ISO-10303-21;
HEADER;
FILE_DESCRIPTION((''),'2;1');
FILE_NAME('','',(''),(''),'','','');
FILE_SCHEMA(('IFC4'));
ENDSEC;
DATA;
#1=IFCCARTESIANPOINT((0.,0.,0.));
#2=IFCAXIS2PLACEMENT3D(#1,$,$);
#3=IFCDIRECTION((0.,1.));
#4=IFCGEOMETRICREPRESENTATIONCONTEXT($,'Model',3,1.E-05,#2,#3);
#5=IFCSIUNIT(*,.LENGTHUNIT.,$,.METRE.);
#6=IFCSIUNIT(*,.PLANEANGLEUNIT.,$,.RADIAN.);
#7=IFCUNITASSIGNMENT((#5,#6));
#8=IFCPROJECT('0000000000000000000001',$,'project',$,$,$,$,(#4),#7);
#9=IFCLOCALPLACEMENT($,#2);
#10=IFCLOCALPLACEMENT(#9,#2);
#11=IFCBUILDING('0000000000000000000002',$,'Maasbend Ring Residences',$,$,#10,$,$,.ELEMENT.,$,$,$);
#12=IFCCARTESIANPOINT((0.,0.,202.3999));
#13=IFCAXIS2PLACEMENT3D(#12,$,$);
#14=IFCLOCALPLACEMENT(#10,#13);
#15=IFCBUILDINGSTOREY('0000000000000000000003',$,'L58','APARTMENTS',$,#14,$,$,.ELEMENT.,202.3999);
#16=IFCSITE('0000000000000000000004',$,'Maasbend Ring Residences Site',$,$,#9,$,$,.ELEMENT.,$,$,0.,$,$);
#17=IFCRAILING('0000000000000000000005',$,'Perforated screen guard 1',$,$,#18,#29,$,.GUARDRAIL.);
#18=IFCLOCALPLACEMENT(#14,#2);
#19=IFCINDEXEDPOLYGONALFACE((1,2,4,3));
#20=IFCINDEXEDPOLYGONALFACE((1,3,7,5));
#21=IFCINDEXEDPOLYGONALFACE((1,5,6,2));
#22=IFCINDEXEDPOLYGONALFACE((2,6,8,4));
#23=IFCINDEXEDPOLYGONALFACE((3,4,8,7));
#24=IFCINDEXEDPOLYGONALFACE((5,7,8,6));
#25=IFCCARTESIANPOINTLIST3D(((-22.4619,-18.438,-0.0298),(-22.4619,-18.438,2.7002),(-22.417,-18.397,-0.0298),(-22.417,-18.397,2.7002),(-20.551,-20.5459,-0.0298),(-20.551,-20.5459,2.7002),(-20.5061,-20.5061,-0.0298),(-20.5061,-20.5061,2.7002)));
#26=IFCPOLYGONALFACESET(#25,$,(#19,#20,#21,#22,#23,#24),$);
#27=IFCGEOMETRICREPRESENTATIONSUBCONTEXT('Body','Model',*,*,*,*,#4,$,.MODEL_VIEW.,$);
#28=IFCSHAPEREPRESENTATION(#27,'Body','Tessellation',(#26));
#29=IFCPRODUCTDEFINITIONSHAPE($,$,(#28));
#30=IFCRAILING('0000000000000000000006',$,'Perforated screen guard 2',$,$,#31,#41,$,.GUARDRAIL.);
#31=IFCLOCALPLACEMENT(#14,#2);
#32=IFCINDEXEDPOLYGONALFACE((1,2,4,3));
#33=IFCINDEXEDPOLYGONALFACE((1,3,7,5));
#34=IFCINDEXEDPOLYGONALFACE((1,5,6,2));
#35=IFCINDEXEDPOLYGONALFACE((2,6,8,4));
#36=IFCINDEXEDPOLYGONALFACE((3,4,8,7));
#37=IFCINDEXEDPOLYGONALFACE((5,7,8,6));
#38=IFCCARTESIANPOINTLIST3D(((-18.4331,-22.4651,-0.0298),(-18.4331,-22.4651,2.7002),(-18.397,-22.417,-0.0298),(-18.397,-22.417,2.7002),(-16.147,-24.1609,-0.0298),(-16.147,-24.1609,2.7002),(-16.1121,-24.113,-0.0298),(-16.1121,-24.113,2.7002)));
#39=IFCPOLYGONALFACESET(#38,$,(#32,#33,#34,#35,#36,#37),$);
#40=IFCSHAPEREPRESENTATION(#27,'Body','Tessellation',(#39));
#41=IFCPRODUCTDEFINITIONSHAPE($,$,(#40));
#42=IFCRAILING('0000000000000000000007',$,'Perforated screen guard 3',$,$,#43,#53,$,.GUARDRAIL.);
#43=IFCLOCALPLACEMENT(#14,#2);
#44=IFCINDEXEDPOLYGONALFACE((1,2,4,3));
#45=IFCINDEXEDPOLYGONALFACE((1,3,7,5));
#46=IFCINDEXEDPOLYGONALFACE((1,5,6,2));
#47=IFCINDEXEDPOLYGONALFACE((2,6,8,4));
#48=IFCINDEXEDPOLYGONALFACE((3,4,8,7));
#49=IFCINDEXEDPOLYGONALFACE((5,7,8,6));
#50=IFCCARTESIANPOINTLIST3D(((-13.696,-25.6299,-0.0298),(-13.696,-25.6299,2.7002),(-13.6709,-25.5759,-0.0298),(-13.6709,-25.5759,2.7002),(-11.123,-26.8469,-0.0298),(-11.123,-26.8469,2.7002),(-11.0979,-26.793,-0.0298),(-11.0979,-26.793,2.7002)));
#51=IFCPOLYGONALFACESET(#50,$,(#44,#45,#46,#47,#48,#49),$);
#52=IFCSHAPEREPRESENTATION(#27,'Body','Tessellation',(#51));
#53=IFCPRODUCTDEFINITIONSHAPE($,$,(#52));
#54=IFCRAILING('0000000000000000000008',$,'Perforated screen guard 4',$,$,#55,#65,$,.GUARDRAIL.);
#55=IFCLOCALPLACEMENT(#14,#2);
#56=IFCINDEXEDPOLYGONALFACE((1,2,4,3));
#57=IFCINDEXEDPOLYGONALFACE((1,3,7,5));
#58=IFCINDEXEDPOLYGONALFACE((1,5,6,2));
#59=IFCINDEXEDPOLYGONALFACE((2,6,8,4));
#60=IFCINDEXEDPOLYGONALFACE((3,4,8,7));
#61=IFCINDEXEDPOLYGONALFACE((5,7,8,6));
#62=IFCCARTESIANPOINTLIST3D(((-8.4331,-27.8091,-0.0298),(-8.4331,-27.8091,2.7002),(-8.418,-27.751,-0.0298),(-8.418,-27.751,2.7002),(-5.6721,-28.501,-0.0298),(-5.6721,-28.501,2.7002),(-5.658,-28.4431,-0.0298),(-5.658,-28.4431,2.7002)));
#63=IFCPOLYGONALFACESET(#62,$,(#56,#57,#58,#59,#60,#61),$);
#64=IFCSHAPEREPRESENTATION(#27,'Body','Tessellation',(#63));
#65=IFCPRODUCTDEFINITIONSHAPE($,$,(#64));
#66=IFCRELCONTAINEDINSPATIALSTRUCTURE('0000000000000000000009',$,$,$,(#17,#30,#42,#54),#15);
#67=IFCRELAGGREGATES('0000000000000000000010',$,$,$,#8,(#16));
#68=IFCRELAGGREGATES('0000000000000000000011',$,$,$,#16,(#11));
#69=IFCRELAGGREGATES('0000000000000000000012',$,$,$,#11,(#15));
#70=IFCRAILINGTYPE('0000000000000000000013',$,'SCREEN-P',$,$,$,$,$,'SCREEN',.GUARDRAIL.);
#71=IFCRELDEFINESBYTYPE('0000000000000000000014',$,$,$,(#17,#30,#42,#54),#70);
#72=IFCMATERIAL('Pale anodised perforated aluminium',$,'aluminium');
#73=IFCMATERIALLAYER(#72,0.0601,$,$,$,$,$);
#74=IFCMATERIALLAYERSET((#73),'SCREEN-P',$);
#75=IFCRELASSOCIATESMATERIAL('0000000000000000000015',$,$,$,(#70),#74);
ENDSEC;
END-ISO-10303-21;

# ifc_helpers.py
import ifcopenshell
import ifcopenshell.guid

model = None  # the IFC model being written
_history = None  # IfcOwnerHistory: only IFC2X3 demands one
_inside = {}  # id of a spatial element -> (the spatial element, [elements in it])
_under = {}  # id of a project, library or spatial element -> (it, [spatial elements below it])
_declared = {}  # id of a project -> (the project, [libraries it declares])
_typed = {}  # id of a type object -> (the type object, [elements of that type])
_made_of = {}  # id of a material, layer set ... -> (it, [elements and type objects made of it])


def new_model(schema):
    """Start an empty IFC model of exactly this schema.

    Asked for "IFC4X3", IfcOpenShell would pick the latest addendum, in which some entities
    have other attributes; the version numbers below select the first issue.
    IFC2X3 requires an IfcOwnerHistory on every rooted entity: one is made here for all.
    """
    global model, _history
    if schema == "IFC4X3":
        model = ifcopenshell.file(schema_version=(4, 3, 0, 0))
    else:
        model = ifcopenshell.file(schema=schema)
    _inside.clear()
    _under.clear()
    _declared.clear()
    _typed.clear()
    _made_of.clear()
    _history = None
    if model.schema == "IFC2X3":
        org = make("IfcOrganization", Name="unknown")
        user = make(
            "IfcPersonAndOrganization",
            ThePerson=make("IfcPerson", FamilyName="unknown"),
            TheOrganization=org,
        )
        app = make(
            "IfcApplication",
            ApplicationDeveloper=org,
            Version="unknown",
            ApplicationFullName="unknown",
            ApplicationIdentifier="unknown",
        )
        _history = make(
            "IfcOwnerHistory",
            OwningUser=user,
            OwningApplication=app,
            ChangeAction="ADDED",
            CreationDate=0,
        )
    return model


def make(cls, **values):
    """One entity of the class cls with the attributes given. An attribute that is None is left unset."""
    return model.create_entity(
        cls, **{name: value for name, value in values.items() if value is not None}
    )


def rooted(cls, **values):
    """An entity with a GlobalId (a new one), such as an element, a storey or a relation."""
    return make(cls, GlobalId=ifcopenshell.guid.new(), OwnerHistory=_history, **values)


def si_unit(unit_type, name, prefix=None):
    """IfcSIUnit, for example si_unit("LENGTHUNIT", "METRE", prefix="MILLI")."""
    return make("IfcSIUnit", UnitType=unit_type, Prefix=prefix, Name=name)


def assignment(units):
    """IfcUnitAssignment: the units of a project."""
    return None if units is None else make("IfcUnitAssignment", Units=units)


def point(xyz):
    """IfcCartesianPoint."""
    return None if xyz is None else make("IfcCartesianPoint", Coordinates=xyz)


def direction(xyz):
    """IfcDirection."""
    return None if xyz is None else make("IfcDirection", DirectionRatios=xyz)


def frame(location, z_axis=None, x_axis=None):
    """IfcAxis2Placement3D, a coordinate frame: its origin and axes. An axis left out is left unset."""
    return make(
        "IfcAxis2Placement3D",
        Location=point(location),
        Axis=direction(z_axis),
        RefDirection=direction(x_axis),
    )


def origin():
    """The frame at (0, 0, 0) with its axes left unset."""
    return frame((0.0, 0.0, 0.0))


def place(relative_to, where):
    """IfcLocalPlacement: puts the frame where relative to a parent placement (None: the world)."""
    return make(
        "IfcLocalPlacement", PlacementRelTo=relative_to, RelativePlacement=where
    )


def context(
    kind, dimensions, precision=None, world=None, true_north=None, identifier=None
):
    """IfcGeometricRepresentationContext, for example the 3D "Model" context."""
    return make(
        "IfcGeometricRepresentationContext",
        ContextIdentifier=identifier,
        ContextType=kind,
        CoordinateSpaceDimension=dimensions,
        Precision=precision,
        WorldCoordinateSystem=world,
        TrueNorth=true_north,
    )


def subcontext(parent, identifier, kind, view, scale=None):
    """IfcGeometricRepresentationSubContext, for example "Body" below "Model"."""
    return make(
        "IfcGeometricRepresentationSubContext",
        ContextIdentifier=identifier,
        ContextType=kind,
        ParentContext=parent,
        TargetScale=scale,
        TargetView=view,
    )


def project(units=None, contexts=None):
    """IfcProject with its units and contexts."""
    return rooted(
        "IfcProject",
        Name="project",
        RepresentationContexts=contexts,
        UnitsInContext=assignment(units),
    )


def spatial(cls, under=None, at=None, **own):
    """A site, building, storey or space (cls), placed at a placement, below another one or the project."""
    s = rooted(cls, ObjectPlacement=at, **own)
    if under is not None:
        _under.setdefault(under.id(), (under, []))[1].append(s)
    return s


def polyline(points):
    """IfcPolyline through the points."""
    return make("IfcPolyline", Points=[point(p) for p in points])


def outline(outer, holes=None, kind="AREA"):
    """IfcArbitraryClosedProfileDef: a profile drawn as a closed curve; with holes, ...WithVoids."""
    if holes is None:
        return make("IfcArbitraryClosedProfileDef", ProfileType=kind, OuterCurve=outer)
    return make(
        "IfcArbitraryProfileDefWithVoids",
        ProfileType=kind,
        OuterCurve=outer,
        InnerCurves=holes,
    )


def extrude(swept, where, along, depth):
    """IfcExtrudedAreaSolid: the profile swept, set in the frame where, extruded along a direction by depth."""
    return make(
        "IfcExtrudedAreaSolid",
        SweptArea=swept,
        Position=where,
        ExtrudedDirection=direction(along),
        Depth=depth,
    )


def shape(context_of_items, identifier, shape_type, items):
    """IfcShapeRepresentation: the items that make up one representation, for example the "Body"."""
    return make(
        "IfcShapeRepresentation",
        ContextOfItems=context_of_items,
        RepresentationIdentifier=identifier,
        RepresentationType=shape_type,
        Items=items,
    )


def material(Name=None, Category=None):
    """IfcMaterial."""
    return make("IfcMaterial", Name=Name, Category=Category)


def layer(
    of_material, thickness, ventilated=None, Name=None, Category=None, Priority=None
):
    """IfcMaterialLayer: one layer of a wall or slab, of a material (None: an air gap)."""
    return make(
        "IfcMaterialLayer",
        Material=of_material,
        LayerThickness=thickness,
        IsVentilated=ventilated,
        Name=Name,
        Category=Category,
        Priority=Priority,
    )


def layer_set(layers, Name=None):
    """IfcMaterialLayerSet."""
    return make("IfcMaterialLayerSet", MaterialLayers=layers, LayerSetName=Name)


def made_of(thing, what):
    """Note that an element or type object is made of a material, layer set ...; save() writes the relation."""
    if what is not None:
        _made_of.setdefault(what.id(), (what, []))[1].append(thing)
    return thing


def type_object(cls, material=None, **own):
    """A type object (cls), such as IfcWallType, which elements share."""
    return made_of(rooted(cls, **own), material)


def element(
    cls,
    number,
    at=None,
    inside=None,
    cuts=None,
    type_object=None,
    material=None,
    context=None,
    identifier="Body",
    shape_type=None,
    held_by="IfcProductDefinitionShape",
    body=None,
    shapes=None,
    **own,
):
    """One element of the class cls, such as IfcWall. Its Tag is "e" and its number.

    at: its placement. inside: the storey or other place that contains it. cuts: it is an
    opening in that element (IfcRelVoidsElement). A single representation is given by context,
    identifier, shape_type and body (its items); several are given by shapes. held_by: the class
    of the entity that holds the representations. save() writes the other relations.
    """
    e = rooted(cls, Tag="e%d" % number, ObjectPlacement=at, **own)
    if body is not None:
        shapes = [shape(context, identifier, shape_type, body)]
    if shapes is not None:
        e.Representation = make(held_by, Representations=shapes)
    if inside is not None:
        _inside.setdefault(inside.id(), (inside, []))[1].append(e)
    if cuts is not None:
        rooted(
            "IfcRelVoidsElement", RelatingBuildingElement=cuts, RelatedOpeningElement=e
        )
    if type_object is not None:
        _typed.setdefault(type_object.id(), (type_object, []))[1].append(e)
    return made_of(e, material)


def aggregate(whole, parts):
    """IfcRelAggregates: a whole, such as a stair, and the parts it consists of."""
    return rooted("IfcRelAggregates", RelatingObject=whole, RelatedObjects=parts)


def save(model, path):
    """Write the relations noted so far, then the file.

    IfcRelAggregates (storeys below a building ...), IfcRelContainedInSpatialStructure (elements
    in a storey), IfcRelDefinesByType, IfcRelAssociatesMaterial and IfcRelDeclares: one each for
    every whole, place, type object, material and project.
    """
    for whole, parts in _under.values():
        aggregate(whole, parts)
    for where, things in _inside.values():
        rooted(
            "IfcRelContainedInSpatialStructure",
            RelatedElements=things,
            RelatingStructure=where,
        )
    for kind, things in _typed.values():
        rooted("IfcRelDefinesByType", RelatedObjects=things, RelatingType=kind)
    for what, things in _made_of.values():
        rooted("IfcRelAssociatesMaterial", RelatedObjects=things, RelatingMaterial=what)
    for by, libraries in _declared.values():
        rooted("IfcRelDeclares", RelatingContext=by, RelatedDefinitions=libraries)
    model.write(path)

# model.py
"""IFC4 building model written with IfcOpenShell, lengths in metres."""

from ifc_helpers import new_model, si_unit, direction, frame, origin, place, context, subcontext, project, spatial, polyline, outline, extrude, material, layer, layer_set, type_object, element, save


model = new_model("IFC4")

# Units and contexts
model_context = context("Model", 3, precision=1e-05, world=origin(), true_north=direction((0.0, 1.0)))
body_context = subcontext(model_context, "Body", "Model", "MODEL_VIEW")
ifc_project = project(units=[si_unit("LENGTHUNIT", "METRE"), si_unit("PLANEANGLEUNIT", "RADIAN")], contexts=[model_context])

# Site, building, storey
site_placement = place(None, origin())
site = spatial("IfcSite", under=ifc_project, at=site_placement, Name="Maasbend Ring Residences Site", CompositionType="ELEMENT", RefElevation=0.0)
building_placement = place(site_placement, origin())
building = spatial("IfcBuilding", under=site, at=building_placement, Name="Maasbend Ring Residences", CompositionType="ELEMENT")
storey_placement = place(building_placement, frame((0.0, 0.0, 202.3999)))
storey = spatial("IfcBuildingStorey", under=building, at=storey_placement, Name="L58", Description="APARTMENTS", CompositionType="ELEMENT", Elevation=202.3999)

# Railings
ifc_material_1 = material(Name="Pale anodised perforated aluminium", Category="aluminium")
ifc_layer_1 = layer(ifc_material_1, 0.0601)
ifc_layer_set_1 = layer_set([ifc_layer_1], Name="SCREEN-P")
railing_type = type_object("IfcRailingType", Name="SCREEN-P", ElementType="SCREEN", PredefinedType="GUARDRAIL", material=ifc_layer_set_1)
railing_1_placement = place(storey_placement, frame((0.0, 0.0, -0.0298)))
element("IfcRailing", 1, at=railing_1_placement, inside=storey, type_object=railing_type, Name="Perforated screen guard 1", PredefinedType="GUARDRAIL", context=body_context, shape_type="SweptSolid", body=[
    extrude(outline(polyline([(-22.417, -18.397), (-20.5061, -20.5061), (-20.551, -20.5459), (-22.4619, -18.438), (-22.417, -18.397)])), origin(), (0.0, 0.0, 1.0), 2.73),
])
railing_2_placement = place(storey_placement, frame((0.0, 0.0, -0.0298)))
element("IfcRailing", 2, at=railing_2_placement, inside=storey, type_object=railing_type, Name="Perforated screen guard 2", PredefinedType="GUARDRAIL", context=body_context, shape_type="SweptSolid", body=[
    extrude(outline(polyline([(-18.397, -22.417), (-16.1121, -24.113), (-16.147, -24.1609), (-18.4331, -22.4651), (-18.397, -22.417)])), origin(), (0.0, 0.0, 1.0), 2.73),
])
railing_3_placement = place(storey_placement, frame((0.0, 0.0, -0.0298)))
element("IfcRailing", 3, at=railing_3_placement, inside=storey, type_object=railing_type, Name="Perforated screen guard 3", PredefinedType="GUARDRAIL", context=body_context, shape_type="SweptSolid", body=[
    extrude(outline(polyline([(-13.6709, -25.5759), (-11.0979, -26.793), (-11.123, -26.8469), (-13.696, -25.6299), (-13.6709, -25.5759)])), origin(), (0.0, 0.0, 1.0), 2.73),
])
railing_4_placement = place(storey_placement, frame((0.0, 0.0, -0.0298)))
element("IfcRailing", 4, at=railing_4_placement, inside=storey, type_object=railing_type, Name="Perforated screen guard 4", PredefinedType="GUARDRAIL", context=body_context, shape_type="SweptSolid", body=[
    extrude(outline(polyline([(-8.418, -27.751), (-5.658, -28.4431), (-5.6721, -28.501), (-8.4331, -27.8091), (-8.418, -27.751)])), origin(), (0.0, 0.0, 1.0), 2.73),
])

save(model, "model.ifc")
